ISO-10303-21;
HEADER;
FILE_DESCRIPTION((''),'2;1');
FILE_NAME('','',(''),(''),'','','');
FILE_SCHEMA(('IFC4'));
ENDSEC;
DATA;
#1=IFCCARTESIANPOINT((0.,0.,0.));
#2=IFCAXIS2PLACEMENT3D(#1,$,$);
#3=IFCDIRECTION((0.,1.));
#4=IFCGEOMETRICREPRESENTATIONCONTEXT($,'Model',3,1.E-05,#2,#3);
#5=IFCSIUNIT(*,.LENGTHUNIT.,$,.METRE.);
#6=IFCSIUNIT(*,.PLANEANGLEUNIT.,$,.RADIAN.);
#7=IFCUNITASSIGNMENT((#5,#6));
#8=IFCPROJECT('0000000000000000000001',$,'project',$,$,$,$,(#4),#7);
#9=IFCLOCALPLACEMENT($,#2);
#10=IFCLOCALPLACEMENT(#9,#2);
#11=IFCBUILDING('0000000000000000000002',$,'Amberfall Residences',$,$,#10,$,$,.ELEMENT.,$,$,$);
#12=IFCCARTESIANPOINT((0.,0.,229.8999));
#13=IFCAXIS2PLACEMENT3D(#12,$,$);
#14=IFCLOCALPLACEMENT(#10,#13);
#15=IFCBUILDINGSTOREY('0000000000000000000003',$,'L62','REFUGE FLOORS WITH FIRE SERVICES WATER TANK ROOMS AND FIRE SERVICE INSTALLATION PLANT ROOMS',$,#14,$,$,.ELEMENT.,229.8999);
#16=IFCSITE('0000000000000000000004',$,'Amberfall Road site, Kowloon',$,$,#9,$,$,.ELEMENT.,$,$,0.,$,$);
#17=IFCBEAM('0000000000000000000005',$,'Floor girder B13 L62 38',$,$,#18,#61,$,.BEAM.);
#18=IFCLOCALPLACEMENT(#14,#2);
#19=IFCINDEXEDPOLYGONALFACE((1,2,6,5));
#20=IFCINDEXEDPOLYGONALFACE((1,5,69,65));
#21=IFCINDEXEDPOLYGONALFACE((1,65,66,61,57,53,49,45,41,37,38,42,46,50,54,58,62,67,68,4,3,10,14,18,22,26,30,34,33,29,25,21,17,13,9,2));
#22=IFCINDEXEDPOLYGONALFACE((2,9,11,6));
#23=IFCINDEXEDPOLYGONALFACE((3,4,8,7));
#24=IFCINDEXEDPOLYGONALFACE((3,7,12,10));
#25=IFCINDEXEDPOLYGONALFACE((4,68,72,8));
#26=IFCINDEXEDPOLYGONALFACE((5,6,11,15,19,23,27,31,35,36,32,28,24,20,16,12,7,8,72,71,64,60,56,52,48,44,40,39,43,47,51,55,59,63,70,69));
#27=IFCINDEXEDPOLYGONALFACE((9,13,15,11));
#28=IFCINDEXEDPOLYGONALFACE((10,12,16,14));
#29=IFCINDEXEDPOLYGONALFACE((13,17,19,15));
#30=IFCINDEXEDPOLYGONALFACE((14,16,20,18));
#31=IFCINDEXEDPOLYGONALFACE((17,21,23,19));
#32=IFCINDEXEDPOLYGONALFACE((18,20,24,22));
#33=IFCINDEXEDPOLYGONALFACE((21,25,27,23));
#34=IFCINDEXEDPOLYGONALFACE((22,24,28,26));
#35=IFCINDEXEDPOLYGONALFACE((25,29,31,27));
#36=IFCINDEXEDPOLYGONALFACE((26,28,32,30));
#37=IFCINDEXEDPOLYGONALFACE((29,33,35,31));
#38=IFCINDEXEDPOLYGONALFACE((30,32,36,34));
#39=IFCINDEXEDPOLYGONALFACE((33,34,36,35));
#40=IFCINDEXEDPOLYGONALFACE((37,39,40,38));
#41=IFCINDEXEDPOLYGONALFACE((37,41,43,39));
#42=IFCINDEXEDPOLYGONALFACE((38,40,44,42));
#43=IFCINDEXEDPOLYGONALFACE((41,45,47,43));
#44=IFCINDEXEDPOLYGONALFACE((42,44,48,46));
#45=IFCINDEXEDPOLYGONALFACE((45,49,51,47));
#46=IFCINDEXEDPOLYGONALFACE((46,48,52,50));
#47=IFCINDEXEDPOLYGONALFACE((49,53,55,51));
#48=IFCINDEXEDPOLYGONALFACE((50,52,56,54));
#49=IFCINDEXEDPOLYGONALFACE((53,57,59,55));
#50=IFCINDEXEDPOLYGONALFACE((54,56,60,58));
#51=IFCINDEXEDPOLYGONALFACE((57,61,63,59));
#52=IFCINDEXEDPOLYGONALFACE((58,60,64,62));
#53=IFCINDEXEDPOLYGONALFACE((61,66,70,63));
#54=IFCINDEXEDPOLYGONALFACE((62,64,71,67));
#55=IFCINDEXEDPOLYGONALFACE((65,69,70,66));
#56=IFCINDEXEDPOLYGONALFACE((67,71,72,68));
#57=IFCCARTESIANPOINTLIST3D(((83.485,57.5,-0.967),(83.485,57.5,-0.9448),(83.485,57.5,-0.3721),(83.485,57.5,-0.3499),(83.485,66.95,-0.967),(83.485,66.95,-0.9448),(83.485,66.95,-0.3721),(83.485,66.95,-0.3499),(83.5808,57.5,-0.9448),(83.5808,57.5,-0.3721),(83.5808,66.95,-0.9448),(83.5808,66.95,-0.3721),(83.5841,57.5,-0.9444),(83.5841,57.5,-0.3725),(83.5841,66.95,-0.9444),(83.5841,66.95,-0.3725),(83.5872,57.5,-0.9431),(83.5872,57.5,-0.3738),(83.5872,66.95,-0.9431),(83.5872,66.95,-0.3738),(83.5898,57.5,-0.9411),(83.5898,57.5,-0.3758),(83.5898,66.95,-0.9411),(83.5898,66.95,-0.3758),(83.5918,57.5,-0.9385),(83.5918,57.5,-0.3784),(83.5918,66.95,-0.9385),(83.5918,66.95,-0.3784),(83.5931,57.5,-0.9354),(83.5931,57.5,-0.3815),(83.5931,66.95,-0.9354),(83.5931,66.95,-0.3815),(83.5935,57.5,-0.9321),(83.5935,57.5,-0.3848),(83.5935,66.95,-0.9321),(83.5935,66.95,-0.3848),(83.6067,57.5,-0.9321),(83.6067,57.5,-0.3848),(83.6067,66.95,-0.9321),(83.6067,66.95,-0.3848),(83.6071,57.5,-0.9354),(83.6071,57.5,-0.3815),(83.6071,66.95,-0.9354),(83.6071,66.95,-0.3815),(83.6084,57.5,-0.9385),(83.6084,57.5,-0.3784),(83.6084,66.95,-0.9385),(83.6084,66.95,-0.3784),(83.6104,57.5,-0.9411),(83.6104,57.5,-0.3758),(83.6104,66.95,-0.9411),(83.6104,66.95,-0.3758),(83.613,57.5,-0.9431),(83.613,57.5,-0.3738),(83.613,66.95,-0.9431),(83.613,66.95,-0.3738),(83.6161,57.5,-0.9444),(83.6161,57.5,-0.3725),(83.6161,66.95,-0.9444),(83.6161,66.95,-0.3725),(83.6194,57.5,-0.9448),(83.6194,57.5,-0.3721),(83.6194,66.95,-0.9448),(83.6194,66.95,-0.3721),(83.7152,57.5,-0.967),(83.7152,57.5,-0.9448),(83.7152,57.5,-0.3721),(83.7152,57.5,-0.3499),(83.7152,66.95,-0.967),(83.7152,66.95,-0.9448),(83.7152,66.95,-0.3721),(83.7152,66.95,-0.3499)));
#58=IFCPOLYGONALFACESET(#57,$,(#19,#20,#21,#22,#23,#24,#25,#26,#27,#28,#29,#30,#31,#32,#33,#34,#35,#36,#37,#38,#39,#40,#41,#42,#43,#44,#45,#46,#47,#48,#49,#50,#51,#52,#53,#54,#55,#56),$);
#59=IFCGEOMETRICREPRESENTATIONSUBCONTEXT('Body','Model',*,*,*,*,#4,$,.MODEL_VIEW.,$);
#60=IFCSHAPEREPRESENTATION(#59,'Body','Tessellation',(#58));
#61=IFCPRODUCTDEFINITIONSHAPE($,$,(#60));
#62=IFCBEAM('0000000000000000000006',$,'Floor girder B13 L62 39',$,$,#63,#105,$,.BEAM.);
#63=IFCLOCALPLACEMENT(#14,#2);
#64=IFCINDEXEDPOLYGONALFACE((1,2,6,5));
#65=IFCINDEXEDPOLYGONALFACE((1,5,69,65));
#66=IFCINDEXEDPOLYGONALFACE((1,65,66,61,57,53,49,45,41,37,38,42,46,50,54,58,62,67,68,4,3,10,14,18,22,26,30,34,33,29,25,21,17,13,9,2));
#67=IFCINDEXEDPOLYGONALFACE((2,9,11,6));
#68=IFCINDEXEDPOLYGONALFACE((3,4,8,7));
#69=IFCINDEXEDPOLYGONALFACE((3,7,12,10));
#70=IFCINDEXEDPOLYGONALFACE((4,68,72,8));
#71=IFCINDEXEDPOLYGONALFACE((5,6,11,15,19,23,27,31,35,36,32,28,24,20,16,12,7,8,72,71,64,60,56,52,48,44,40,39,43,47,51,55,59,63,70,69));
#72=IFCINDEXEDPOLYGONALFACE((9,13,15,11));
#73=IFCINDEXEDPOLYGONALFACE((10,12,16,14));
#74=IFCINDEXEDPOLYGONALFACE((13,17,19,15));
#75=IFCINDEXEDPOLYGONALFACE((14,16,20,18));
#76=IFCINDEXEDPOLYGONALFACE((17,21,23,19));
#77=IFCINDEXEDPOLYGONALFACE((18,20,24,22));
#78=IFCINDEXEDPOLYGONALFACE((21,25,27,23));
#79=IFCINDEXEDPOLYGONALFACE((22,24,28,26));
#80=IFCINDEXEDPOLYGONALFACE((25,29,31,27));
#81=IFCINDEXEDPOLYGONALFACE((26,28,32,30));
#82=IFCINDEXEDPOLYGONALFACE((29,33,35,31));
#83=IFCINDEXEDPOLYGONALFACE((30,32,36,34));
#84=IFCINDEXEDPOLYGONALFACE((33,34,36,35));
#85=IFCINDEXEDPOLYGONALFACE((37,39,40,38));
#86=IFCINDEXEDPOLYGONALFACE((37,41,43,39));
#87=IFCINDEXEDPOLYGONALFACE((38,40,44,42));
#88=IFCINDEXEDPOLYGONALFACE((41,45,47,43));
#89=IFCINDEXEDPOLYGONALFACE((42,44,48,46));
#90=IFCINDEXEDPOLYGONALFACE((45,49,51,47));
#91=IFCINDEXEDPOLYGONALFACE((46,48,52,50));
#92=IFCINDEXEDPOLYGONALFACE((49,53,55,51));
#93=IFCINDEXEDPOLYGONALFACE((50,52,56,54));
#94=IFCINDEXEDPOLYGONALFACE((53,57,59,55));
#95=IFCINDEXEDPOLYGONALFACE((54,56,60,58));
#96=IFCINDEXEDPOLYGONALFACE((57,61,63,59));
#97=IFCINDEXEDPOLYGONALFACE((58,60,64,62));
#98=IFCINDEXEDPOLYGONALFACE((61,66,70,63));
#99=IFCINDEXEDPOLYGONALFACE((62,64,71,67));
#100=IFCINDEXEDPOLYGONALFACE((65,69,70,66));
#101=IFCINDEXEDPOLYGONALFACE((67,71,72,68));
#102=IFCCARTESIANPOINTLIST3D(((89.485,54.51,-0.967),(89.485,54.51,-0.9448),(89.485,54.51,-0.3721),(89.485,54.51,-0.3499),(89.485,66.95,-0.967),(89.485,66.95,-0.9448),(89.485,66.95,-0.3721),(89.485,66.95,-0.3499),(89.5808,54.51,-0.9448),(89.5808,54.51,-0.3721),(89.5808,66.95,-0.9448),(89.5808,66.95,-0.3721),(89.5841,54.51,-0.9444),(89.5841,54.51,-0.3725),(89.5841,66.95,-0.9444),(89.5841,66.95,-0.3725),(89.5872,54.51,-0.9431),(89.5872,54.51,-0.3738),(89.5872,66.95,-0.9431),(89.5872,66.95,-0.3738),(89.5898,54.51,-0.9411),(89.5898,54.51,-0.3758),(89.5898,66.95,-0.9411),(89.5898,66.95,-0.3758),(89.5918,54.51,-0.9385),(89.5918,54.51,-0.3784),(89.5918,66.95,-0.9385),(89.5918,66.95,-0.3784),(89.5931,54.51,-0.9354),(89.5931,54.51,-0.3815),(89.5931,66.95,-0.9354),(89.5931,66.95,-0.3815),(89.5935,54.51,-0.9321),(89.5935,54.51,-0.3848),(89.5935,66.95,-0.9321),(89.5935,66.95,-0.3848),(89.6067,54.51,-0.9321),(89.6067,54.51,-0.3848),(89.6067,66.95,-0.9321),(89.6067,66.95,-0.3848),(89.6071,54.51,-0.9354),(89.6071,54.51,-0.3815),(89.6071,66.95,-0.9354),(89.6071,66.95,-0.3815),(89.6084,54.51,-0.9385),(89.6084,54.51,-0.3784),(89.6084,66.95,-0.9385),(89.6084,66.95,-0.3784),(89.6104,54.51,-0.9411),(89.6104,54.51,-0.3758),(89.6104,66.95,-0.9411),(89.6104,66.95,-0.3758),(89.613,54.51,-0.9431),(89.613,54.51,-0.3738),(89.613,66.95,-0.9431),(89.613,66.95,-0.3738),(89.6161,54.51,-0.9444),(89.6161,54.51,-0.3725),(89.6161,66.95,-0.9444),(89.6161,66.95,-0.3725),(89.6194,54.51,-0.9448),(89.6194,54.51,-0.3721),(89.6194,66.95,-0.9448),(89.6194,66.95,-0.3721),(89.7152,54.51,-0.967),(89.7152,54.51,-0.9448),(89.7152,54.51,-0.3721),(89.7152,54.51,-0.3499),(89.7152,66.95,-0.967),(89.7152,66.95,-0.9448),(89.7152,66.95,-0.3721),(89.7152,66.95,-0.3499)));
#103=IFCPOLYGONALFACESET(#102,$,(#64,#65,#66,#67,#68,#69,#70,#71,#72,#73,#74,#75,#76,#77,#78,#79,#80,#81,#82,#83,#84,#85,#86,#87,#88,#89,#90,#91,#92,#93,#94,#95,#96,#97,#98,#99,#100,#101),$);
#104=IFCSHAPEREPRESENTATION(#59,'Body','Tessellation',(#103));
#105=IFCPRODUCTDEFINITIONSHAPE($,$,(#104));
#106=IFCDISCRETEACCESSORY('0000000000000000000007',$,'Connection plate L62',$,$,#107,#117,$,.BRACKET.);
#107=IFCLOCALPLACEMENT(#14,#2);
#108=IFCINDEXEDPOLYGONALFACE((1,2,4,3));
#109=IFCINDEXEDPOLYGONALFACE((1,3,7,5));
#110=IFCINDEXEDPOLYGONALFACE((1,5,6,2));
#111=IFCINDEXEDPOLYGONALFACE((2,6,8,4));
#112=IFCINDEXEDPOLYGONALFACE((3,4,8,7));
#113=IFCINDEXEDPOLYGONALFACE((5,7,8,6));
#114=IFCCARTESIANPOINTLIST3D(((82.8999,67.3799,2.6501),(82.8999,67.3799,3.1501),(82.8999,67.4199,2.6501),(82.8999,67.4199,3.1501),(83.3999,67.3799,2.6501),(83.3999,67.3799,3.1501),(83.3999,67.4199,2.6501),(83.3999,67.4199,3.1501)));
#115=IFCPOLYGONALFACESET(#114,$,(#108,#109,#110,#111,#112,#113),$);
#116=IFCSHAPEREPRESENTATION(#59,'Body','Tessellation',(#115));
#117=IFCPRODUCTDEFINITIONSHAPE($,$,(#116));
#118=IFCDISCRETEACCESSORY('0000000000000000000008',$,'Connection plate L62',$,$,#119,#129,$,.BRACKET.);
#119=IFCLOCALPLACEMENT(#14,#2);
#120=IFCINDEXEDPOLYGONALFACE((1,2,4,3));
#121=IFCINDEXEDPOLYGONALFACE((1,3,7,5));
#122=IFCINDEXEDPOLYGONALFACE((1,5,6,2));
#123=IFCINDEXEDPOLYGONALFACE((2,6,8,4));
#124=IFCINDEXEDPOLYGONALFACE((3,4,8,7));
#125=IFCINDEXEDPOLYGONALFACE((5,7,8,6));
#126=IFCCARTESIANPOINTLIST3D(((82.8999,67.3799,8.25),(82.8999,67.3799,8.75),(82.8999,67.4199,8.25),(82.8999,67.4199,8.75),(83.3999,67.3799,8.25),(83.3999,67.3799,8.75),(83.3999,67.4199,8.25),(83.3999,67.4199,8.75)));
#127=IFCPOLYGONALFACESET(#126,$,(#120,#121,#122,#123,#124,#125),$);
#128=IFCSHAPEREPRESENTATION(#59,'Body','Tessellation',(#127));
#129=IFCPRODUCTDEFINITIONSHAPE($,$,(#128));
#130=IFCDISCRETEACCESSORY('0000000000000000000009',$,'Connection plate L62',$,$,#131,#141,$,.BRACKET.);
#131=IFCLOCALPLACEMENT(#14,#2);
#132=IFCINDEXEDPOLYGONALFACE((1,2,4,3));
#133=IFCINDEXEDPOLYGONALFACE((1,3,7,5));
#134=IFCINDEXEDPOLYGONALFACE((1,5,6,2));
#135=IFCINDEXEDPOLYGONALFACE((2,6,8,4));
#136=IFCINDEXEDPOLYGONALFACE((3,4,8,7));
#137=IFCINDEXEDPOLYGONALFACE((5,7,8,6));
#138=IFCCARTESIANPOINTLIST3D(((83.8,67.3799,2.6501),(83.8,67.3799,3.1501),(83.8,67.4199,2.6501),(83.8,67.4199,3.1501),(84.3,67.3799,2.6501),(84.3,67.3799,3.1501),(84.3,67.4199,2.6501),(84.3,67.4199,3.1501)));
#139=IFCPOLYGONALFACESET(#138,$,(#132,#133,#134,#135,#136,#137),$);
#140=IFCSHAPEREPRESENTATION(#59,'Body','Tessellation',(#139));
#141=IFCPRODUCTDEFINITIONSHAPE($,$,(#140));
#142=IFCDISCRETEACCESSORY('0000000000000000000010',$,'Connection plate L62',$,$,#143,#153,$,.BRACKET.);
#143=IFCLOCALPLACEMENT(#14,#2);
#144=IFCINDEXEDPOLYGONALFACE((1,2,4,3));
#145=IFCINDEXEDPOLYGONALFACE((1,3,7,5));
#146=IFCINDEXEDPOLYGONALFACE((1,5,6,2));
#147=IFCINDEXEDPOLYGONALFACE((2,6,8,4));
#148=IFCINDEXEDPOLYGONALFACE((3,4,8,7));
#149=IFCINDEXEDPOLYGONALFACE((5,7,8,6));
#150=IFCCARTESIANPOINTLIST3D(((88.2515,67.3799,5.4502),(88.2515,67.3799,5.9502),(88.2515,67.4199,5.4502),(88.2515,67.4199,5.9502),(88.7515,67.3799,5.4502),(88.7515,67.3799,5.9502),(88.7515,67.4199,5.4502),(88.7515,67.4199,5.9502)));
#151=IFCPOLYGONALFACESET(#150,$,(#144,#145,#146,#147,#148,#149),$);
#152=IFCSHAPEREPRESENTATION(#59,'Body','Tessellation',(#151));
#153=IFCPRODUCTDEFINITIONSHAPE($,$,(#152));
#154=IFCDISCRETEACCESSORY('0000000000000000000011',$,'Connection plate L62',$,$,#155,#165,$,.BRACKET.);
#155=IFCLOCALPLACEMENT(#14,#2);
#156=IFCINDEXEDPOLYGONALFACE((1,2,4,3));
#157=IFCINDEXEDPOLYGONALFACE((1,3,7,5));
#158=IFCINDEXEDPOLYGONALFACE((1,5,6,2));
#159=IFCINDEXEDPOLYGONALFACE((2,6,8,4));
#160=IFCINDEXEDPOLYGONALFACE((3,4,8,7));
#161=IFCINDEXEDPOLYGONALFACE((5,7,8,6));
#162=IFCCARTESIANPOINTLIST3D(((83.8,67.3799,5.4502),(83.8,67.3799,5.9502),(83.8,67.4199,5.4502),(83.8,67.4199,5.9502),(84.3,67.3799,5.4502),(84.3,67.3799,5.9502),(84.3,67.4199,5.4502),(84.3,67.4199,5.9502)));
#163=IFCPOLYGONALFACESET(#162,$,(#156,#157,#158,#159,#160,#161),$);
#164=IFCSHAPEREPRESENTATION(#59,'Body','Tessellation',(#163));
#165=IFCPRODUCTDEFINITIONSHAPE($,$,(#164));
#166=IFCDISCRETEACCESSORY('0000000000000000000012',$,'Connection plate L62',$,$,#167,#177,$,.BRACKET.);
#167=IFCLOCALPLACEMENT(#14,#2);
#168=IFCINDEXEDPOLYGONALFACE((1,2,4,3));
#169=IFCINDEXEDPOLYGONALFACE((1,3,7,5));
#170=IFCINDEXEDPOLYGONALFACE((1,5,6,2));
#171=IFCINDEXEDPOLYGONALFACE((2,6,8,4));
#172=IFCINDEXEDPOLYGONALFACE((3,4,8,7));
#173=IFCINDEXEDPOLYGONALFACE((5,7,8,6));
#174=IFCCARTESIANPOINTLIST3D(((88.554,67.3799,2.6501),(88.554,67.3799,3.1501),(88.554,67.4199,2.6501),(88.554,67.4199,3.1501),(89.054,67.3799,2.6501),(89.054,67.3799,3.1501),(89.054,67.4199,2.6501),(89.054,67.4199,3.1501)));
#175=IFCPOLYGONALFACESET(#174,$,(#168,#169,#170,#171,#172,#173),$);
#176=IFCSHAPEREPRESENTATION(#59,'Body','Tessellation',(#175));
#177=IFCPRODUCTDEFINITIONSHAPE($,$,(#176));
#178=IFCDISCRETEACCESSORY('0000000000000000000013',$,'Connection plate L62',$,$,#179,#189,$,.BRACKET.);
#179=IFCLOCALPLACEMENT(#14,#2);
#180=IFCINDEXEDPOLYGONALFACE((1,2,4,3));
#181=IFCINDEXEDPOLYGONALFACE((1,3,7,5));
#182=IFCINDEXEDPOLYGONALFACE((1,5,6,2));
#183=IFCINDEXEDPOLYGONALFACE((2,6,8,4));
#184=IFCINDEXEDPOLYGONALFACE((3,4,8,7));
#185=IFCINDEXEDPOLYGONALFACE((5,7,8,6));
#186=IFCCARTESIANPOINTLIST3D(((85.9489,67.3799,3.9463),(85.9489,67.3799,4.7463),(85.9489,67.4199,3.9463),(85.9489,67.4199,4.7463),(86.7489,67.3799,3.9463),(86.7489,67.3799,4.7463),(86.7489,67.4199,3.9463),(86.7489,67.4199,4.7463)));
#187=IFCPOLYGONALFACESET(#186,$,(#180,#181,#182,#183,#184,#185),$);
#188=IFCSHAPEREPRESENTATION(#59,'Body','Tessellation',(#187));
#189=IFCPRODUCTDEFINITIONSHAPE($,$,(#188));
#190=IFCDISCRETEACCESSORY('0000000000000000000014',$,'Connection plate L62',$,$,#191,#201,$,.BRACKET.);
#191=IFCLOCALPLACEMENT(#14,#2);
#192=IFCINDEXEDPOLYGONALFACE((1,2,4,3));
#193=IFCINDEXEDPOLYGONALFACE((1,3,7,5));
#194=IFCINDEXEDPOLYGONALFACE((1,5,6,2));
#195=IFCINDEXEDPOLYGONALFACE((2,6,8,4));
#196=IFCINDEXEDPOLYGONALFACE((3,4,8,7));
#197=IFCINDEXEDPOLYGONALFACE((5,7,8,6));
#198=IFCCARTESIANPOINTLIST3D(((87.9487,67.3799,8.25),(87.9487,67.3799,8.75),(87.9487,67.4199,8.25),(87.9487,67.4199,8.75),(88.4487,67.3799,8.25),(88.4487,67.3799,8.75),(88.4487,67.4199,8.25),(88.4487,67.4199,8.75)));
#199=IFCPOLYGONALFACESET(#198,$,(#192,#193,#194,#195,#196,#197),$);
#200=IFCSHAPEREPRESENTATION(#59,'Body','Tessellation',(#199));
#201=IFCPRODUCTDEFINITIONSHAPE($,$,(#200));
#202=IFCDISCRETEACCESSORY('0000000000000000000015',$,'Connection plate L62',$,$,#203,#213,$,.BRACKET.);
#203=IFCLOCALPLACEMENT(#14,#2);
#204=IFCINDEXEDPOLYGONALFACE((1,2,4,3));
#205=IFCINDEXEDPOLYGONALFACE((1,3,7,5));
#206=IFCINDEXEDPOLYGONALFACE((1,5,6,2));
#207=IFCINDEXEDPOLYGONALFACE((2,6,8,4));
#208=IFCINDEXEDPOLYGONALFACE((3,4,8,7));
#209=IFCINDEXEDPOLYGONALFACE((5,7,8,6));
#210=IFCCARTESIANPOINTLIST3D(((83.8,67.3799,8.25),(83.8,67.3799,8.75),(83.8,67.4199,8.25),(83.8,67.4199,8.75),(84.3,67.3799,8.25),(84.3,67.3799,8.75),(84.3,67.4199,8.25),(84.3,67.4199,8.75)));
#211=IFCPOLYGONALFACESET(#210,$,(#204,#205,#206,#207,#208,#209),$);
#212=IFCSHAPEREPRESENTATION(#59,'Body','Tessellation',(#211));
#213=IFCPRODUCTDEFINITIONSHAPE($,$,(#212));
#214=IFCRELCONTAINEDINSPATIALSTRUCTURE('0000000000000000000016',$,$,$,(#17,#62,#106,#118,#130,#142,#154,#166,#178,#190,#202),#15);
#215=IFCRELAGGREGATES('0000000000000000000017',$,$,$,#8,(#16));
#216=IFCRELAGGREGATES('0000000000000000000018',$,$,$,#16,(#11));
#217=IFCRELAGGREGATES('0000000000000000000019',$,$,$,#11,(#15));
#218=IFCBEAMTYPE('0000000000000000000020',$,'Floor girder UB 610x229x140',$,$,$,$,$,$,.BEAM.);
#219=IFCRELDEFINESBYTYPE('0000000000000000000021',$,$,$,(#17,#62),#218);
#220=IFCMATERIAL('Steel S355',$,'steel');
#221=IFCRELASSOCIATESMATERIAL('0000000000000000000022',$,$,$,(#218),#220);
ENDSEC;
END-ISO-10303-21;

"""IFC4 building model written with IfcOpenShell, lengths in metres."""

from ifc_helpers import new_model, si_unit, direction, frame, origin, origin_2d, place, context, subcontext, project, spatial, rectangle, i_section, extrude, material, material_profile, profile_set, type_object, element, save


model = new_model("IFC4")

# Units and contexts
model_context = context("Model", 3, precision=1e-05, world=origin(), true_north=direction((0.0, 1.0)))
body_context = subcontext(model_context, "Body", "Model", "MODEL_VIEW")
ifc_project = project(units=[si_unit("LENGTHUNIT", "METRE"), si_unit("PLANEANGLEUNIT", "RADIAN")], contexts=[model_context])

# Site, building, storey
site_placement = place(None, origin())
site = spatial("IfcSite", under=ifc_project, at=site_placement, Name="Amberfall Road site, Kowloon", CompositionType="ELEMENT", RefElevation=0.0)
building_placement = place(site_placement, origin())
building = spatial("IfcBuilding", under=site, at=building_placement, Name="Amberfall Residences", CompositionType="ELEMENT")
storey_placement = place(building_placement, frame((0.0, 0.0, 229.8999)))
storey = spatial("IfcBuildingStorey", under=building, at=storey_placement, Name="L62", Description="REFUGE FLOORS WITH FIRE SERVICES WATER TANK ROOMS AND FIRE SERVICE INSTALLATION PLANT ROOMS", CompositionType="ELEMENT", Elevation=229.8999)

# Shared definitions
ifc_material_1 = material(Name="Steel S355", Category="steel")

# Beams
ifc_material_profile_1 = material_profile(ifc_material_1, i_section(OverallWidth=0.2302, OverallDepth=0.6172, WebThickness=0.0132, FlangeThickness=0.0222, FilletRadius=0.0127, at=origin_2d()), Name="UB 610x229x140")
ifc_profile_set_1 = profile_set([ifc_material_profile_1], Name="Steel S355")
beam_type_1 = type_object("IfcBeamType", Name="Floor girder UB 610x229x140", PredefinedType="BEAM", material=ifc_profile_set_1)
beam_1_placement = place(storey_placement, frame((83.6001, 66.95, -0.6584), z_axis=(0.0, -1.0, 0.0), x_axis=(1.0, 0.0, 0.0)))
element("IfcBeam", 1, at=beam_1_placement, inside=storey, type_object=beam_type_1, Name="Floor girder B13 L62 38", PredefinedType="BEAM", context=body_context, shape_type="SweptSolid", body=[
    extrude(i_section(OverallWidth=0.2302, OverallDepth=0.6172, WebThickness=0.0132, FlangeThickness=0.0222, FilletRadius=0.0127, at=origin_2d()), origin(), (0.0, 0.0, 1.0), 9.45),
])
beam_2_placement = place(storey_placement, frame((89.6001, 66.95, -0.6584), z_axis=(0.0, -1.0, 0.0), x_axis=(1.0, 0.0, 0.0)))
element("IfcBeam", 2, at=beam_2_placement, inside=storey, type_object=beam_type_1, Name="Floor girder B13 L62 39", PredefinedType="BEAM", context=body_context, shape_type="SweptSolid", body=[
    extrude(i_section(OverallWidth=0.2302, OverallDepth=0.6172, WebThickness=0.0132, FlangeThickness=0.0222, FilletRadius=0.0127, at=origin_2d()), origin(), (0.0, 0.0, 1.0), 12.4399),
])

# Discrete accessories
for number, where, z_axis, x_axis, name in (
    (3, (83.1499, 67.3999, 2.6501), (0.0, 0.0, 1.0), (1.0, 0.0, 0.0), "Connection plate L62"),
    (4, (83.1499, 67.3999, 8.25), (0.0, 0.0, 1.0), (1.0, 0.0, 0.0), "Connection plate L62"),
    (5, (84.05, 67.3999, 2.6501), (0.0, 0.0, 1.0), (1.0, 0.0, 0.0), "Connection plate L62"),
    (6, (88.5015, 67.3999, 5.4502), (0.0, 0.0, 1.0), (1.0, 0.0, 0.0), "Connection plate L62"),
    (7, (84.05, 67.3999, 5.4502), (0.0, 0.0, 1.0), (1.0, 0.0, 0.0), "Connection plate L62"),
    (8, (88.804, 67.3999, 2.6501), (0.0, 0.0, 1.0), (1.0, 0.0, 0.0), "Connection plate L62"),
):
    element("IfcDiscreteAccessory", number, at=place(storey_placement, frame(where, z_axis=z_axis, x_axis=x_axis)), inside=storey, Name=name, PredefinedType="BRACKET", context=body_context, shape_type="SweptSolid", body=[
        extrude(rectangle(XDim=0.5, YDim=0.04, at=origin_2d()), origin(), (0.0, 0.0, 1.0), 0.5),
    ])
discrete_accessory_1_placement = place(storey_placement, frame((86.3489, 67.3999, 3.9463), z_axis=(0.0, 0.0, 1.0), x_axis=(1.0, 0.0, 0.0)))
element("IfcDiscreteAccessory", 9, at=discrete_accessory_1_placement, inside=storey, Name="Connection plate L62", PredefinedType="BRACKET", context=body_context, shape_type="SweptSolid", body=[
    extrude(rectangle(XDim=0.8, YDim=0.04, at=origin_2d()), origin(), (0.0, 0.0, 1.0), 0.8),
])
for number, where, z_axis, x_axis, name in (
    (10, (88.1987, 67.3999, 8.25), (0.0, 0.0, 1.0), (1.0, 0.0, 0.0), "Connection plate L62"),
    (11, (84.05, 67.3999, 8.25), (0.0, 0.0, 1.0), (1.0, 0.0, 0.0), "Connection plate L62"),
):
    element("IfcDiscreteAccessory", number, at=place(storey_placement, frame(where, z_axis=z_axis, x_axis=x_axis)), inside=storey, Name=name, PredefinedType="BRACKET", context=body_context, shape_type="SweptSolid", body=[
        extrude(rectangle(XDim=0.5, YDim=0.04, at=origin_2d()), origin(), (0.0, 0.0, 1.0), 0.5),
    ])

save(model, "model.ifc")
